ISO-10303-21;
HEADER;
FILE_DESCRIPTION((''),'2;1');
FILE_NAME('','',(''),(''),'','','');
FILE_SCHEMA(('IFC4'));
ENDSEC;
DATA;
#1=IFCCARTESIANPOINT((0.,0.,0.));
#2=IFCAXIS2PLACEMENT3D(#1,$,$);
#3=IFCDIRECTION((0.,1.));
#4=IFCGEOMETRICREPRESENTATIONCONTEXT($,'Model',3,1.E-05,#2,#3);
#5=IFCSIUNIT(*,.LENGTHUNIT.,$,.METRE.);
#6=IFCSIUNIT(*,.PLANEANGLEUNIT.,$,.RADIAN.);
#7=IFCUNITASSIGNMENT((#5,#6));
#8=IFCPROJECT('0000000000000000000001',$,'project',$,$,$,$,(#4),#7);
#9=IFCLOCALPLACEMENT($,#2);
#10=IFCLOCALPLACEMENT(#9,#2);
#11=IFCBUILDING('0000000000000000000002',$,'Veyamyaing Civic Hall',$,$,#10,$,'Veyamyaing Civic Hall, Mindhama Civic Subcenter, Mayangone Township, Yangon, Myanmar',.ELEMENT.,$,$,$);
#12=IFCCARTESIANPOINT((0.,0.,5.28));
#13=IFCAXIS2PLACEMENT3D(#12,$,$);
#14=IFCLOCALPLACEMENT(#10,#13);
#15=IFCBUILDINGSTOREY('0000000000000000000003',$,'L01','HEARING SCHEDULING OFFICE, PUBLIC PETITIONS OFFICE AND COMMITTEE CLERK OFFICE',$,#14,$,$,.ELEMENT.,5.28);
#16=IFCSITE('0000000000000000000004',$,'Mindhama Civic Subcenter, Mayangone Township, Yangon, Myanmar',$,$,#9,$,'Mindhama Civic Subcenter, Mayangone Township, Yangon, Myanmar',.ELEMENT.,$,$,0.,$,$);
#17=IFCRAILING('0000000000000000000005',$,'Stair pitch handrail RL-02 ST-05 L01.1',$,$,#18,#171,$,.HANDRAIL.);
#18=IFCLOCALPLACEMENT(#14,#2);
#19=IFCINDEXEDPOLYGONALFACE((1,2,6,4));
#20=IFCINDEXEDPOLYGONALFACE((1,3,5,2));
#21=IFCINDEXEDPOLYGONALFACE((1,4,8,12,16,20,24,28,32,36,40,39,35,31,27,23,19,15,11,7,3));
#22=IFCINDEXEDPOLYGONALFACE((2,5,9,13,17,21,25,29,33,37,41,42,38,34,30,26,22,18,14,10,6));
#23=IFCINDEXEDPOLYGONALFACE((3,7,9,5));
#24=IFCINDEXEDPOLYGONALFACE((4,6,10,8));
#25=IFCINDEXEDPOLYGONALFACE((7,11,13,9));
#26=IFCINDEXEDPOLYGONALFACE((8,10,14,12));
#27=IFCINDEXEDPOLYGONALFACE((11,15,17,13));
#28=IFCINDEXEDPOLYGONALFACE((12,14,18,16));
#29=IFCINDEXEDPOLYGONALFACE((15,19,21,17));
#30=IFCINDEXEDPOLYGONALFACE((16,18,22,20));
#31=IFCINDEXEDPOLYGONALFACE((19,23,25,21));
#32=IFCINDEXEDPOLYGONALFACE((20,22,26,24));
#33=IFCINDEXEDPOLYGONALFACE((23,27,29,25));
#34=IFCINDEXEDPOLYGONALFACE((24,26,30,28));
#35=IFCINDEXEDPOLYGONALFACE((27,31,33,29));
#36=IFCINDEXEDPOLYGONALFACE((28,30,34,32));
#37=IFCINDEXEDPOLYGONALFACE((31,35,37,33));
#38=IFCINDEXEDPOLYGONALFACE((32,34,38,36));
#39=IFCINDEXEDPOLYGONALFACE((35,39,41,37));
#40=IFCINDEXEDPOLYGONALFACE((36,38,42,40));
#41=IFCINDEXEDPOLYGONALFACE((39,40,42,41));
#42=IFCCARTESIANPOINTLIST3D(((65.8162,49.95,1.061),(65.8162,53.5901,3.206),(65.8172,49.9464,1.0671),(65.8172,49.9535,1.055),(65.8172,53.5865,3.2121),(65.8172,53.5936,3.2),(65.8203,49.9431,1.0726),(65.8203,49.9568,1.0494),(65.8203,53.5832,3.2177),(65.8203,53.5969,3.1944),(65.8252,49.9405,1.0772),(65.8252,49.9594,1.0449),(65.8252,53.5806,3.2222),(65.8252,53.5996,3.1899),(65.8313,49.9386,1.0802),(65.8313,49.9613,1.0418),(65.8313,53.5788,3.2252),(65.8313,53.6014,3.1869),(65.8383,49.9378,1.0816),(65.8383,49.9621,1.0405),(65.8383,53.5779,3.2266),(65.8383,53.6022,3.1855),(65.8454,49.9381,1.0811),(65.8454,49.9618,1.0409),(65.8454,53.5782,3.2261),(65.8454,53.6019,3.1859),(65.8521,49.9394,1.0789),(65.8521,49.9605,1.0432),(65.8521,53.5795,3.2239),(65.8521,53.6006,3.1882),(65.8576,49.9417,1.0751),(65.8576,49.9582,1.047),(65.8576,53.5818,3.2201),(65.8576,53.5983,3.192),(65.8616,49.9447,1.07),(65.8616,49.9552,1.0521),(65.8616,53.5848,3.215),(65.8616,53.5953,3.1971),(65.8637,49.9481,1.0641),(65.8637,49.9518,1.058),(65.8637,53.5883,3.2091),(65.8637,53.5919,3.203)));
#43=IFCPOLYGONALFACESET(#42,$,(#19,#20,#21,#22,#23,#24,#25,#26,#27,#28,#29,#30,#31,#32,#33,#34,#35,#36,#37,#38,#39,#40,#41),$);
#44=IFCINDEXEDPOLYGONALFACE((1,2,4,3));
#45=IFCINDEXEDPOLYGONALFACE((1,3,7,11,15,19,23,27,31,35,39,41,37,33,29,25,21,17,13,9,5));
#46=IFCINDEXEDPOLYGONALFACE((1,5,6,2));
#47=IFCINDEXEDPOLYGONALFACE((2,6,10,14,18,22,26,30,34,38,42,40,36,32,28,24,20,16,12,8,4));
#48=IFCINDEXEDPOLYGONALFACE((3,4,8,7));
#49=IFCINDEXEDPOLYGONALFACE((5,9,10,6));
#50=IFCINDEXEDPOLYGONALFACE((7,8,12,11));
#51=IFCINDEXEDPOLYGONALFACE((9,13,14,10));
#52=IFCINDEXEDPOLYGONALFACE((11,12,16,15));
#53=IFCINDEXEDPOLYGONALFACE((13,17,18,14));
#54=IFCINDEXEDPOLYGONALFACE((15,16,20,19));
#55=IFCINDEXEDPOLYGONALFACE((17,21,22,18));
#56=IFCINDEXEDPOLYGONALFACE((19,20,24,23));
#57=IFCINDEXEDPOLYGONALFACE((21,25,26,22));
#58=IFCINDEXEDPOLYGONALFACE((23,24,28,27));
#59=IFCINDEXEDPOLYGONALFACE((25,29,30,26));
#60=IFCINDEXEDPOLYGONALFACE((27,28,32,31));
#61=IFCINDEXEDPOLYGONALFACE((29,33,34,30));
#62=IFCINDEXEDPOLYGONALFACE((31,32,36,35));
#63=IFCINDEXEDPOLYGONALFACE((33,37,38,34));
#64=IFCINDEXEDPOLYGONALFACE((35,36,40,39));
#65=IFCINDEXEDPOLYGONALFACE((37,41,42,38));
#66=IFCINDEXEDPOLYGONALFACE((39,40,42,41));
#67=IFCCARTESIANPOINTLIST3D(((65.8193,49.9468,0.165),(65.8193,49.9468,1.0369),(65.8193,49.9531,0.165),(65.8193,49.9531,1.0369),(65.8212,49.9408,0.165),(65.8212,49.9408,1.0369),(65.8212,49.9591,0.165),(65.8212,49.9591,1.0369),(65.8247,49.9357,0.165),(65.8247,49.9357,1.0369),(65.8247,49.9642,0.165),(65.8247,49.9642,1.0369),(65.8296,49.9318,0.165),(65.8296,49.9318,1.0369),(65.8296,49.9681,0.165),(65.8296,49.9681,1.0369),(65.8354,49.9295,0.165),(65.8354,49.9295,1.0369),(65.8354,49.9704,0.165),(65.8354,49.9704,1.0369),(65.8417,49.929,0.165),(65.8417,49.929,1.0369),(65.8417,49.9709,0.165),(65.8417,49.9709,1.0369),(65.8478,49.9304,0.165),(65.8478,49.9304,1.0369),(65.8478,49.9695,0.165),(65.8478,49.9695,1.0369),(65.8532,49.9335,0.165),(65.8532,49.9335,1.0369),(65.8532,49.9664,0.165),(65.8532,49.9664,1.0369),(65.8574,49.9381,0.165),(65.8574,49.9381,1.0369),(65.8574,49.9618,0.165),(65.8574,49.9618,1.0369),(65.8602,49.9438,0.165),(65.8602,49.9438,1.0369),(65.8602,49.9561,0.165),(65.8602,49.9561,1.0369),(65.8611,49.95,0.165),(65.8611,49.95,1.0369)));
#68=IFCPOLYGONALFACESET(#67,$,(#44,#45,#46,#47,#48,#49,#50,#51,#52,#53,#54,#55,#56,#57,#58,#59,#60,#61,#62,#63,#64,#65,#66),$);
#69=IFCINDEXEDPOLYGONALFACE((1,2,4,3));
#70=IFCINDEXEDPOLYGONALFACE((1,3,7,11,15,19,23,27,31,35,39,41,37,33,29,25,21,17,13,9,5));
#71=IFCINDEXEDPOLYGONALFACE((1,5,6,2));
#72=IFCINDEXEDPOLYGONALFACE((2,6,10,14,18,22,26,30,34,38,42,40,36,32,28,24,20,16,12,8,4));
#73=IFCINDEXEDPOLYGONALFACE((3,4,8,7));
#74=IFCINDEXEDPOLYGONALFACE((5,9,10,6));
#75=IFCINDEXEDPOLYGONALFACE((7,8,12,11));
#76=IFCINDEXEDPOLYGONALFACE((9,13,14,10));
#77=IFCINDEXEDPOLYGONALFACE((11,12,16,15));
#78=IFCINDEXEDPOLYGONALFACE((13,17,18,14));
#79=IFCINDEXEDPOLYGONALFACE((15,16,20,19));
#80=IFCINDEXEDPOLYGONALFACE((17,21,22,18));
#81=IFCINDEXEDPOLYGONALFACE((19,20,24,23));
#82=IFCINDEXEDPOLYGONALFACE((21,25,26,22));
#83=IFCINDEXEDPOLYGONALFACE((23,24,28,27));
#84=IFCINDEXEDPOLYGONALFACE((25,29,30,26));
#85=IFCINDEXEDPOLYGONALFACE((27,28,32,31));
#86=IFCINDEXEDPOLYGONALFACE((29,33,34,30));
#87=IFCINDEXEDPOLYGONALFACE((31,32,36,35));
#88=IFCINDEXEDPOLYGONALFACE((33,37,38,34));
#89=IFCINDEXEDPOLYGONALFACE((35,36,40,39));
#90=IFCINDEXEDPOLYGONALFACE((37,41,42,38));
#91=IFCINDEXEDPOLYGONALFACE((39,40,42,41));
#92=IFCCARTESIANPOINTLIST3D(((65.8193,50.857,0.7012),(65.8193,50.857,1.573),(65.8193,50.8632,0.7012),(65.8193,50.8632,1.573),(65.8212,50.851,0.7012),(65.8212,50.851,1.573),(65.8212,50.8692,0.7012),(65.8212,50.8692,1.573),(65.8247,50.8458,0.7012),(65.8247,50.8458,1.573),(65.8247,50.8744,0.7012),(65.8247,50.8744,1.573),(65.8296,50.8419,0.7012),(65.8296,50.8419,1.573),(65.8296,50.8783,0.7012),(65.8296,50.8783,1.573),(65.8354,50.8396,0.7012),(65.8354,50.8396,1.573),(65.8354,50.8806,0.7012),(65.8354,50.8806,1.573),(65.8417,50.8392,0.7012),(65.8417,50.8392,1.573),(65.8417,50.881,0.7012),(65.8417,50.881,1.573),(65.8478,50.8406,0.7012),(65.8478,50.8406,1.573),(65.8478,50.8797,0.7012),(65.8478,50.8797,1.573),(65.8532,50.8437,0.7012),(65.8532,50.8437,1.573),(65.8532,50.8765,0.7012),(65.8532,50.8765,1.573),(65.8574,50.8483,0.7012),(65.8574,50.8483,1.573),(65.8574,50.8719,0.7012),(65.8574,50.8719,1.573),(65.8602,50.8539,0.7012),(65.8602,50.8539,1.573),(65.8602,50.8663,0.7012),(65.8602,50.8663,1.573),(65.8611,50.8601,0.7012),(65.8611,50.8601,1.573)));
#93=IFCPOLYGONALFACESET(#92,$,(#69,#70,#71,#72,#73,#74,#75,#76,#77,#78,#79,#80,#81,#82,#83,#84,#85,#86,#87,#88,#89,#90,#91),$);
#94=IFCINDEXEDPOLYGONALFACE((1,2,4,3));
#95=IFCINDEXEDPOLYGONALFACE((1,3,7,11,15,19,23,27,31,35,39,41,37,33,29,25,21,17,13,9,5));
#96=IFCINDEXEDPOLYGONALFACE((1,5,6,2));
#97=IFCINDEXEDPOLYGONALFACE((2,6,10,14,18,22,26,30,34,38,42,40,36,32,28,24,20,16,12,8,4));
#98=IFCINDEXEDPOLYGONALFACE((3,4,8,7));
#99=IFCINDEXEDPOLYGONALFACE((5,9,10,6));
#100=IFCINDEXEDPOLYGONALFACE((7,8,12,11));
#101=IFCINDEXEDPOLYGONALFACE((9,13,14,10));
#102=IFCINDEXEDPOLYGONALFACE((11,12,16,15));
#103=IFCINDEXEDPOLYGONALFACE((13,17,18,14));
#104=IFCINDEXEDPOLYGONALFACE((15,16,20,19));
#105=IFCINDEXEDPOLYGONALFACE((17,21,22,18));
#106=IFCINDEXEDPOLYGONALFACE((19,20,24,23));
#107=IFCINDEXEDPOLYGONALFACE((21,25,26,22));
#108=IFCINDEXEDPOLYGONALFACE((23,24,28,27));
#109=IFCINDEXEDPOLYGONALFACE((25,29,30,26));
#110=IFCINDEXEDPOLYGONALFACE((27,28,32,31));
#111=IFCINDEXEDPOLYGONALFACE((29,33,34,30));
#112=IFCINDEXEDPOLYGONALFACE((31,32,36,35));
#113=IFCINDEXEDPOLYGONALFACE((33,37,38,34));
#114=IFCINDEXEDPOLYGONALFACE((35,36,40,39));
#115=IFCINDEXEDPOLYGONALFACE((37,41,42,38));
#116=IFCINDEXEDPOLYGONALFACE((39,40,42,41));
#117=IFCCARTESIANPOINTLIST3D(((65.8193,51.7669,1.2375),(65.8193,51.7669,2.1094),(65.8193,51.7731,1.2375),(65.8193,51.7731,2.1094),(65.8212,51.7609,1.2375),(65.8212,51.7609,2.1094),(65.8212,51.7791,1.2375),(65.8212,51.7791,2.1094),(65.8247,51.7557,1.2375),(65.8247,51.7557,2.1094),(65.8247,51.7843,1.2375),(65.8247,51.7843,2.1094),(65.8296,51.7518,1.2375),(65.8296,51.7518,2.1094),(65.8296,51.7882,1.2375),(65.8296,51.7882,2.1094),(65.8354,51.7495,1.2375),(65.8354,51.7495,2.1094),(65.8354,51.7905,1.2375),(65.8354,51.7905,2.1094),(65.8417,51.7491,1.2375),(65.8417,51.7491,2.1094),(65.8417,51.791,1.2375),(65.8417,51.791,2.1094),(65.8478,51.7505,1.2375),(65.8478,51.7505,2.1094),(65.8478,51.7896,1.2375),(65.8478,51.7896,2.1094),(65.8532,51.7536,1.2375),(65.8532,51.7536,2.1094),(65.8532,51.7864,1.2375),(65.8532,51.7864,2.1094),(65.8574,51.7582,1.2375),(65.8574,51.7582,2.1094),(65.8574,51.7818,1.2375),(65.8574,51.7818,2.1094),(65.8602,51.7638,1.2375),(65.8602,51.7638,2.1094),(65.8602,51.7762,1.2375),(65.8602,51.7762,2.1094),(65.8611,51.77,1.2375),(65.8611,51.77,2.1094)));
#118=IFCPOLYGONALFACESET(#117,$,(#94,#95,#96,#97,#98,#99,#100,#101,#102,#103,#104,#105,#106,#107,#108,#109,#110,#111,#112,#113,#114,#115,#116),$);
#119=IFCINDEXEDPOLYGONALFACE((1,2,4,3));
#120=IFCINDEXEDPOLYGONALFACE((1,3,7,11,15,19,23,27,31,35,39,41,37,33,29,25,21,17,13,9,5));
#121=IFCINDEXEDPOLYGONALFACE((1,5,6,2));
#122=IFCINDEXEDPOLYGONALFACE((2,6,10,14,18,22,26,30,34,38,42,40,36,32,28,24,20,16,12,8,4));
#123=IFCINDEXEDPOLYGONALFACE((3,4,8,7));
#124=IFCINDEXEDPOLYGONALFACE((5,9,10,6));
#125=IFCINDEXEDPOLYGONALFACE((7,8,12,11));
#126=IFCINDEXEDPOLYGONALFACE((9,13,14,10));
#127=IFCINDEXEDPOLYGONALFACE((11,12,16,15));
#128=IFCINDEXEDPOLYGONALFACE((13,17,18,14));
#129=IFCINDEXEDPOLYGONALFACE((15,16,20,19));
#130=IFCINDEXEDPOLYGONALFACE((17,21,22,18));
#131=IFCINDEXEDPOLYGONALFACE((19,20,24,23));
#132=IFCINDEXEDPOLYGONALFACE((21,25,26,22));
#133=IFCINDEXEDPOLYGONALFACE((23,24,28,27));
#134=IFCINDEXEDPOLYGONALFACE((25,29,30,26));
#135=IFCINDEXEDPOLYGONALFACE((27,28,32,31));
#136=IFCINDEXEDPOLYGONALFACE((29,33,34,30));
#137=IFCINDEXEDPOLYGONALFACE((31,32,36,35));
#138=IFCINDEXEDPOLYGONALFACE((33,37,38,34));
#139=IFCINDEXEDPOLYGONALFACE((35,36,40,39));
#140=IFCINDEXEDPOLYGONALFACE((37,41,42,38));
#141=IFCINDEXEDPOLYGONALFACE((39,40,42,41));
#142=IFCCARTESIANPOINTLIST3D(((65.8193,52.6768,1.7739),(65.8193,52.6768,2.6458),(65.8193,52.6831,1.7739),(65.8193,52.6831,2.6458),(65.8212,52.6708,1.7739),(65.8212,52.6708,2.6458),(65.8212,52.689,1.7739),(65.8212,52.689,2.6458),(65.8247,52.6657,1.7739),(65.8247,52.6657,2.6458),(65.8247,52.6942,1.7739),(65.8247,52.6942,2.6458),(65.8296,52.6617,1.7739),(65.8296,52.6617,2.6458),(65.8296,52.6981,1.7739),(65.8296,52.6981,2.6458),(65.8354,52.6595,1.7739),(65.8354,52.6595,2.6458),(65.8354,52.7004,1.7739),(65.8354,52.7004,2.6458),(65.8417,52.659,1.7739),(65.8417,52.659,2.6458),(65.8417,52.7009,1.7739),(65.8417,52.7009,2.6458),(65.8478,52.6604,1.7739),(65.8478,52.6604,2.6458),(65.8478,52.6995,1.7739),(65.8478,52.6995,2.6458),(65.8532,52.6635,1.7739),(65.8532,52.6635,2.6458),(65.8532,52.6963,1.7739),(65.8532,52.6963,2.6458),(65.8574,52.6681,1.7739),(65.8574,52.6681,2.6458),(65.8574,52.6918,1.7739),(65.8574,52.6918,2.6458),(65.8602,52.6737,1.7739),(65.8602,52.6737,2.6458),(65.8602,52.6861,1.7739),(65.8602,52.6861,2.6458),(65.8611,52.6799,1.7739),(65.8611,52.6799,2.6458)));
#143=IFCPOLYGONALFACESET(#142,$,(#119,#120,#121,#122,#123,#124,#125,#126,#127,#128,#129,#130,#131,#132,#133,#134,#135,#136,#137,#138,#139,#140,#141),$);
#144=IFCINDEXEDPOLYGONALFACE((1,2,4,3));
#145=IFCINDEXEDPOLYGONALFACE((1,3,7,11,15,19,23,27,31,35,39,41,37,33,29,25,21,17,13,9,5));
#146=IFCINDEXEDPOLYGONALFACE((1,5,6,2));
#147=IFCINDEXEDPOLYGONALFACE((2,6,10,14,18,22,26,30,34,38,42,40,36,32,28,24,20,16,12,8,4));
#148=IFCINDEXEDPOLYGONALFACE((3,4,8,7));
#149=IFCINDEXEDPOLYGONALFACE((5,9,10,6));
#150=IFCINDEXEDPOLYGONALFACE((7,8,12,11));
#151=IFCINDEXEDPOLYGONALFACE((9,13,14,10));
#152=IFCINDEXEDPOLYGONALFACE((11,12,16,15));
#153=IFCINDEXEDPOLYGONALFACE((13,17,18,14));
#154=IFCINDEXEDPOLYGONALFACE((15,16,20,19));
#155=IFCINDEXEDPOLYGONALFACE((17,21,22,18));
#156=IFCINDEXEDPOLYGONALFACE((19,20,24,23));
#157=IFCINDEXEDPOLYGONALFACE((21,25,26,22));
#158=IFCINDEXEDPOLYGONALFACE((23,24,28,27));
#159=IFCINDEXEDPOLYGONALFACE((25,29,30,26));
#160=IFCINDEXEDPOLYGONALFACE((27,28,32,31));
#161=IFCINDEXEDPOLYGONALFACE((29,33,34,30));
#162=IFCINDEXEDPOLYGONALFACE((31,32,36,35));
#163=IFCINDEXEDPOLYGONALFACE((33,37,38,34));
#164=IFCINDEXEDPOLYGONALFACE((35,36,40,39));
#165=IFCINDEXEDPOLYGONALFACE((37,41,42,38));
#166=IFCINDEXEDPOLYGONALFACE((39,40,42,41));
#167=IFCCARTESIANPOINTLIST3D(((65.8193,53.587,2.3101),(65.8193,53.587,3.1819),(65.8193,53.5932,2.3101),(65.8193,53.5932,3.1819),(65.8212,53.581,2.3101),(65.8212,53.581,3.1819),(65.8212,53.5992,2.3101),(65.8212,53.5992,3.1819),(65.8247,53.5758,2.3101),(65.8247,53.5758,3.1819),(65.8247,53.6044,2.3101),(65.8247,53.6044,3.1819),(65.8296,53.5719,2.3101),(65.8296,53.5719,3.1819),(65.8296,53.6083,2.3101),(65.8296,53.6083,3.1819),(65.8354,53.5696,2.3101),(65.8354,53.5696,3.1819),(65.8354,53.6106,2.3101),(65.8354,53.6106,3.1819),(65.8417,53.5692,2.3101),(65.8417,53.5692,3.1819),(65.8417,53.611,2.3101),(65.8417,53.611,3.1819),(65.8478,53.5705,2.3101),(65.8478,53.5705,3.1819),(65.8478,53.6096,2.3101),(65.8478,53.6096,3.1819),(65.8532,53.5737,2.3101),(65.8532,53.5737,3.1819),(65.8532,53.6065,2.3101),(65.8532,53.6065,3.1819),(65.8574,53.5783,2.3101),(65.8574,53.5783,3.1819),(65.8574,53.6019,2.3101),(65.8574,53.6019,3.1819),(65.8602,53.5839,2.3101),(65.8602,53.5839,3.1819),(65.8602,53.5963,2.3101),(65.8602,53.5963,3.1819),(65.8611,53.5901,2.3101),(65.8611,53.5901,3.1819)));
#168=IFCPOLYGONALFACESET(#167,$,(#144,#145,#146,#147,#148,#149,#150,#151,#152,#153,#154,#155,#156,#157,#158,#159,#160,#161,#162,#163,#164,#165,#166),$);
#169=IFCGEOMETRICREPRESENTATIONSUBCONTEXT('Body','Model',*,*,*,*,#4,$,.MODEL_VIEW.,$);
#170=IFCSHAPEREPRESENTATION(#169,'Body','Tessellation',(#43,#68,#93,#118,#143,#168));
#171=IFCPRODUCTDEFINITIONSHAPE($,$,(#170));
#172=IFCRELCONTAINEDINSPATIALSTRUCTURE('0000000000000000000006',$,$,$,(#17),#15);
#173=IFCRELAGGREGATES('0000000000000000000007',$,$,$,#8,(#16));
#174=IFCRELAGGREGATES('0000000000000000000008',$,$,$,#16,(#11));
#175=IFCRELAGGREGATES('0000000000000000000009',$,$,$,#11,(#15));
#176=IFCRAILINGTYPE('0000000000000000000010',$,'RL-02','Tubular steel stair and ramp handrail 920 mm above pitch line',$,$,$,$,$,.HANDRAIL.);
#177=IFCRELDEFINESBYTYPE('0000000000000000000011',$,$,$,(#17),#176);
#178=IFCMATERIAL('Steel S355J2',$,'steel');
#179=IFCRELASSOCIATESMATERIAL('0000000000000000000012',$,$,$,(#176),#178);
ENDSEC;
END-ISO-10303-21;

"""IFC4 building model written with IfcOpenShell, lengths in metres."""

from ifc_helpers import new_model, si_unit, direction, frame, origin, origin_2d, place, context, subcontext, project, spatial, circle, extrude, material, type_object, element, save


model = new_model("IFC4")

# Units and contexts
model_context = context("Model", 3, precision=1e-05, world=origin(), true_north=direction((0.0, 1.0)))
body_context = subcontext(model_context, "Body", "Model", "MODEL_VIEW")
ifc_project = project(units=[si_unit("LENGTHUNIT", "METRE"), si_unit("PLANEANGLEUNIT", "RADIAN")], contexts=[model_context])

# Site, building, storey
site_placement = place(None, origin())
site = spatial("IfcSite", under=ifc_project, at=site_placement, Name="Mindhama Civic Subcenter, Mayangone Township, Yangon, Myanmar", LongName="Mindhama Civic Subcenter, Mayangone Township, Yangon, Myanmar", CompositionType="ELEMENT", RefElevation=0.0)
building_placement = place(site_placement, origin())
building = spatial("IfcBuilding", under=site, at=building_placement, Name="Veyamyaing Civic Hall", LongName="Veyamyaing Civic Hall, Mindhama Civic Subcenter, Mayangone Township, Yangon, Myanmar", CompositionType="ELEMENT")
storey_placement = place(building_placement, frame((0.0, 0.0, 5.28)))
storey = spatial("IfcBuildingStorey", under=building, at=storey_placement, Name="L01", Description="HEARING SCHEDULING OFFICE, PUBLIC PETITIONS OFFICE AND COMMITTEE CLERK OFFICE", CompositionType="ELEMENT", Elevation=5.28)

# Railing
ifc_material_1 = material(Name="Steel S355J2", Category="steel")
railing_type_1 = type_object("IfcRailingType", Name="RL-02", Description="Tubular steel stair and ramp handrail 920 mm above pitch line", PredefinedType="HANDRAIL", material=ifc_material_1)
railing_1_placement = place(storey_placement, frame((65.8401, 49.95, 0.165)))
element("IfcRailing", 1, at=railing_1_placement, inside=storey, type_object=railing_type_1, Name="Stair pitch handrail RL-02 ST-05 L01.1", PredefinedType="HANDRAIL", context=body_context, shape_type="SweptSolid", body=[
    extrude(circle(Radius=0.0239, at=origin_2d()), frame((0.0, 0.0, 0.896), z_axis=(0.0, 0.861545, 0.507682), x_axis=(-1.0, 0.0, 0.0)), (0.0, 0.0, 1.0), 4.2251),
    extrude(circle(Radius=0.021, at=origin_2d()), origin(), (0.0, 0.0, 1.0), 0.8718),
    extrude(circle(Radius=0.021, at=origin_2d()), frame((0.0, 0.9102, 0.5361)), (0.0, 0.0, 1.0), 0.8718),
    extrude(circle(Radius=0.021, at=origin_2d()), frame((0.0, 1.8201, 1.0725)), (0.0, 0.0, 1.0), 0.8718),
    extrude(circle(Radius=0.021, at=origin_2d()), frame((0.0, 2.73, 1.6089)), (0.0, 0.0, 1.0), 0.8718),
    extrude(circle(Radius=0.021, at=origin_2d()), frame((0.0, 3.6401, 2.145)), (0.0, 0.0, 1.0), 0.8718),
])

save(model, "model.ifc")
